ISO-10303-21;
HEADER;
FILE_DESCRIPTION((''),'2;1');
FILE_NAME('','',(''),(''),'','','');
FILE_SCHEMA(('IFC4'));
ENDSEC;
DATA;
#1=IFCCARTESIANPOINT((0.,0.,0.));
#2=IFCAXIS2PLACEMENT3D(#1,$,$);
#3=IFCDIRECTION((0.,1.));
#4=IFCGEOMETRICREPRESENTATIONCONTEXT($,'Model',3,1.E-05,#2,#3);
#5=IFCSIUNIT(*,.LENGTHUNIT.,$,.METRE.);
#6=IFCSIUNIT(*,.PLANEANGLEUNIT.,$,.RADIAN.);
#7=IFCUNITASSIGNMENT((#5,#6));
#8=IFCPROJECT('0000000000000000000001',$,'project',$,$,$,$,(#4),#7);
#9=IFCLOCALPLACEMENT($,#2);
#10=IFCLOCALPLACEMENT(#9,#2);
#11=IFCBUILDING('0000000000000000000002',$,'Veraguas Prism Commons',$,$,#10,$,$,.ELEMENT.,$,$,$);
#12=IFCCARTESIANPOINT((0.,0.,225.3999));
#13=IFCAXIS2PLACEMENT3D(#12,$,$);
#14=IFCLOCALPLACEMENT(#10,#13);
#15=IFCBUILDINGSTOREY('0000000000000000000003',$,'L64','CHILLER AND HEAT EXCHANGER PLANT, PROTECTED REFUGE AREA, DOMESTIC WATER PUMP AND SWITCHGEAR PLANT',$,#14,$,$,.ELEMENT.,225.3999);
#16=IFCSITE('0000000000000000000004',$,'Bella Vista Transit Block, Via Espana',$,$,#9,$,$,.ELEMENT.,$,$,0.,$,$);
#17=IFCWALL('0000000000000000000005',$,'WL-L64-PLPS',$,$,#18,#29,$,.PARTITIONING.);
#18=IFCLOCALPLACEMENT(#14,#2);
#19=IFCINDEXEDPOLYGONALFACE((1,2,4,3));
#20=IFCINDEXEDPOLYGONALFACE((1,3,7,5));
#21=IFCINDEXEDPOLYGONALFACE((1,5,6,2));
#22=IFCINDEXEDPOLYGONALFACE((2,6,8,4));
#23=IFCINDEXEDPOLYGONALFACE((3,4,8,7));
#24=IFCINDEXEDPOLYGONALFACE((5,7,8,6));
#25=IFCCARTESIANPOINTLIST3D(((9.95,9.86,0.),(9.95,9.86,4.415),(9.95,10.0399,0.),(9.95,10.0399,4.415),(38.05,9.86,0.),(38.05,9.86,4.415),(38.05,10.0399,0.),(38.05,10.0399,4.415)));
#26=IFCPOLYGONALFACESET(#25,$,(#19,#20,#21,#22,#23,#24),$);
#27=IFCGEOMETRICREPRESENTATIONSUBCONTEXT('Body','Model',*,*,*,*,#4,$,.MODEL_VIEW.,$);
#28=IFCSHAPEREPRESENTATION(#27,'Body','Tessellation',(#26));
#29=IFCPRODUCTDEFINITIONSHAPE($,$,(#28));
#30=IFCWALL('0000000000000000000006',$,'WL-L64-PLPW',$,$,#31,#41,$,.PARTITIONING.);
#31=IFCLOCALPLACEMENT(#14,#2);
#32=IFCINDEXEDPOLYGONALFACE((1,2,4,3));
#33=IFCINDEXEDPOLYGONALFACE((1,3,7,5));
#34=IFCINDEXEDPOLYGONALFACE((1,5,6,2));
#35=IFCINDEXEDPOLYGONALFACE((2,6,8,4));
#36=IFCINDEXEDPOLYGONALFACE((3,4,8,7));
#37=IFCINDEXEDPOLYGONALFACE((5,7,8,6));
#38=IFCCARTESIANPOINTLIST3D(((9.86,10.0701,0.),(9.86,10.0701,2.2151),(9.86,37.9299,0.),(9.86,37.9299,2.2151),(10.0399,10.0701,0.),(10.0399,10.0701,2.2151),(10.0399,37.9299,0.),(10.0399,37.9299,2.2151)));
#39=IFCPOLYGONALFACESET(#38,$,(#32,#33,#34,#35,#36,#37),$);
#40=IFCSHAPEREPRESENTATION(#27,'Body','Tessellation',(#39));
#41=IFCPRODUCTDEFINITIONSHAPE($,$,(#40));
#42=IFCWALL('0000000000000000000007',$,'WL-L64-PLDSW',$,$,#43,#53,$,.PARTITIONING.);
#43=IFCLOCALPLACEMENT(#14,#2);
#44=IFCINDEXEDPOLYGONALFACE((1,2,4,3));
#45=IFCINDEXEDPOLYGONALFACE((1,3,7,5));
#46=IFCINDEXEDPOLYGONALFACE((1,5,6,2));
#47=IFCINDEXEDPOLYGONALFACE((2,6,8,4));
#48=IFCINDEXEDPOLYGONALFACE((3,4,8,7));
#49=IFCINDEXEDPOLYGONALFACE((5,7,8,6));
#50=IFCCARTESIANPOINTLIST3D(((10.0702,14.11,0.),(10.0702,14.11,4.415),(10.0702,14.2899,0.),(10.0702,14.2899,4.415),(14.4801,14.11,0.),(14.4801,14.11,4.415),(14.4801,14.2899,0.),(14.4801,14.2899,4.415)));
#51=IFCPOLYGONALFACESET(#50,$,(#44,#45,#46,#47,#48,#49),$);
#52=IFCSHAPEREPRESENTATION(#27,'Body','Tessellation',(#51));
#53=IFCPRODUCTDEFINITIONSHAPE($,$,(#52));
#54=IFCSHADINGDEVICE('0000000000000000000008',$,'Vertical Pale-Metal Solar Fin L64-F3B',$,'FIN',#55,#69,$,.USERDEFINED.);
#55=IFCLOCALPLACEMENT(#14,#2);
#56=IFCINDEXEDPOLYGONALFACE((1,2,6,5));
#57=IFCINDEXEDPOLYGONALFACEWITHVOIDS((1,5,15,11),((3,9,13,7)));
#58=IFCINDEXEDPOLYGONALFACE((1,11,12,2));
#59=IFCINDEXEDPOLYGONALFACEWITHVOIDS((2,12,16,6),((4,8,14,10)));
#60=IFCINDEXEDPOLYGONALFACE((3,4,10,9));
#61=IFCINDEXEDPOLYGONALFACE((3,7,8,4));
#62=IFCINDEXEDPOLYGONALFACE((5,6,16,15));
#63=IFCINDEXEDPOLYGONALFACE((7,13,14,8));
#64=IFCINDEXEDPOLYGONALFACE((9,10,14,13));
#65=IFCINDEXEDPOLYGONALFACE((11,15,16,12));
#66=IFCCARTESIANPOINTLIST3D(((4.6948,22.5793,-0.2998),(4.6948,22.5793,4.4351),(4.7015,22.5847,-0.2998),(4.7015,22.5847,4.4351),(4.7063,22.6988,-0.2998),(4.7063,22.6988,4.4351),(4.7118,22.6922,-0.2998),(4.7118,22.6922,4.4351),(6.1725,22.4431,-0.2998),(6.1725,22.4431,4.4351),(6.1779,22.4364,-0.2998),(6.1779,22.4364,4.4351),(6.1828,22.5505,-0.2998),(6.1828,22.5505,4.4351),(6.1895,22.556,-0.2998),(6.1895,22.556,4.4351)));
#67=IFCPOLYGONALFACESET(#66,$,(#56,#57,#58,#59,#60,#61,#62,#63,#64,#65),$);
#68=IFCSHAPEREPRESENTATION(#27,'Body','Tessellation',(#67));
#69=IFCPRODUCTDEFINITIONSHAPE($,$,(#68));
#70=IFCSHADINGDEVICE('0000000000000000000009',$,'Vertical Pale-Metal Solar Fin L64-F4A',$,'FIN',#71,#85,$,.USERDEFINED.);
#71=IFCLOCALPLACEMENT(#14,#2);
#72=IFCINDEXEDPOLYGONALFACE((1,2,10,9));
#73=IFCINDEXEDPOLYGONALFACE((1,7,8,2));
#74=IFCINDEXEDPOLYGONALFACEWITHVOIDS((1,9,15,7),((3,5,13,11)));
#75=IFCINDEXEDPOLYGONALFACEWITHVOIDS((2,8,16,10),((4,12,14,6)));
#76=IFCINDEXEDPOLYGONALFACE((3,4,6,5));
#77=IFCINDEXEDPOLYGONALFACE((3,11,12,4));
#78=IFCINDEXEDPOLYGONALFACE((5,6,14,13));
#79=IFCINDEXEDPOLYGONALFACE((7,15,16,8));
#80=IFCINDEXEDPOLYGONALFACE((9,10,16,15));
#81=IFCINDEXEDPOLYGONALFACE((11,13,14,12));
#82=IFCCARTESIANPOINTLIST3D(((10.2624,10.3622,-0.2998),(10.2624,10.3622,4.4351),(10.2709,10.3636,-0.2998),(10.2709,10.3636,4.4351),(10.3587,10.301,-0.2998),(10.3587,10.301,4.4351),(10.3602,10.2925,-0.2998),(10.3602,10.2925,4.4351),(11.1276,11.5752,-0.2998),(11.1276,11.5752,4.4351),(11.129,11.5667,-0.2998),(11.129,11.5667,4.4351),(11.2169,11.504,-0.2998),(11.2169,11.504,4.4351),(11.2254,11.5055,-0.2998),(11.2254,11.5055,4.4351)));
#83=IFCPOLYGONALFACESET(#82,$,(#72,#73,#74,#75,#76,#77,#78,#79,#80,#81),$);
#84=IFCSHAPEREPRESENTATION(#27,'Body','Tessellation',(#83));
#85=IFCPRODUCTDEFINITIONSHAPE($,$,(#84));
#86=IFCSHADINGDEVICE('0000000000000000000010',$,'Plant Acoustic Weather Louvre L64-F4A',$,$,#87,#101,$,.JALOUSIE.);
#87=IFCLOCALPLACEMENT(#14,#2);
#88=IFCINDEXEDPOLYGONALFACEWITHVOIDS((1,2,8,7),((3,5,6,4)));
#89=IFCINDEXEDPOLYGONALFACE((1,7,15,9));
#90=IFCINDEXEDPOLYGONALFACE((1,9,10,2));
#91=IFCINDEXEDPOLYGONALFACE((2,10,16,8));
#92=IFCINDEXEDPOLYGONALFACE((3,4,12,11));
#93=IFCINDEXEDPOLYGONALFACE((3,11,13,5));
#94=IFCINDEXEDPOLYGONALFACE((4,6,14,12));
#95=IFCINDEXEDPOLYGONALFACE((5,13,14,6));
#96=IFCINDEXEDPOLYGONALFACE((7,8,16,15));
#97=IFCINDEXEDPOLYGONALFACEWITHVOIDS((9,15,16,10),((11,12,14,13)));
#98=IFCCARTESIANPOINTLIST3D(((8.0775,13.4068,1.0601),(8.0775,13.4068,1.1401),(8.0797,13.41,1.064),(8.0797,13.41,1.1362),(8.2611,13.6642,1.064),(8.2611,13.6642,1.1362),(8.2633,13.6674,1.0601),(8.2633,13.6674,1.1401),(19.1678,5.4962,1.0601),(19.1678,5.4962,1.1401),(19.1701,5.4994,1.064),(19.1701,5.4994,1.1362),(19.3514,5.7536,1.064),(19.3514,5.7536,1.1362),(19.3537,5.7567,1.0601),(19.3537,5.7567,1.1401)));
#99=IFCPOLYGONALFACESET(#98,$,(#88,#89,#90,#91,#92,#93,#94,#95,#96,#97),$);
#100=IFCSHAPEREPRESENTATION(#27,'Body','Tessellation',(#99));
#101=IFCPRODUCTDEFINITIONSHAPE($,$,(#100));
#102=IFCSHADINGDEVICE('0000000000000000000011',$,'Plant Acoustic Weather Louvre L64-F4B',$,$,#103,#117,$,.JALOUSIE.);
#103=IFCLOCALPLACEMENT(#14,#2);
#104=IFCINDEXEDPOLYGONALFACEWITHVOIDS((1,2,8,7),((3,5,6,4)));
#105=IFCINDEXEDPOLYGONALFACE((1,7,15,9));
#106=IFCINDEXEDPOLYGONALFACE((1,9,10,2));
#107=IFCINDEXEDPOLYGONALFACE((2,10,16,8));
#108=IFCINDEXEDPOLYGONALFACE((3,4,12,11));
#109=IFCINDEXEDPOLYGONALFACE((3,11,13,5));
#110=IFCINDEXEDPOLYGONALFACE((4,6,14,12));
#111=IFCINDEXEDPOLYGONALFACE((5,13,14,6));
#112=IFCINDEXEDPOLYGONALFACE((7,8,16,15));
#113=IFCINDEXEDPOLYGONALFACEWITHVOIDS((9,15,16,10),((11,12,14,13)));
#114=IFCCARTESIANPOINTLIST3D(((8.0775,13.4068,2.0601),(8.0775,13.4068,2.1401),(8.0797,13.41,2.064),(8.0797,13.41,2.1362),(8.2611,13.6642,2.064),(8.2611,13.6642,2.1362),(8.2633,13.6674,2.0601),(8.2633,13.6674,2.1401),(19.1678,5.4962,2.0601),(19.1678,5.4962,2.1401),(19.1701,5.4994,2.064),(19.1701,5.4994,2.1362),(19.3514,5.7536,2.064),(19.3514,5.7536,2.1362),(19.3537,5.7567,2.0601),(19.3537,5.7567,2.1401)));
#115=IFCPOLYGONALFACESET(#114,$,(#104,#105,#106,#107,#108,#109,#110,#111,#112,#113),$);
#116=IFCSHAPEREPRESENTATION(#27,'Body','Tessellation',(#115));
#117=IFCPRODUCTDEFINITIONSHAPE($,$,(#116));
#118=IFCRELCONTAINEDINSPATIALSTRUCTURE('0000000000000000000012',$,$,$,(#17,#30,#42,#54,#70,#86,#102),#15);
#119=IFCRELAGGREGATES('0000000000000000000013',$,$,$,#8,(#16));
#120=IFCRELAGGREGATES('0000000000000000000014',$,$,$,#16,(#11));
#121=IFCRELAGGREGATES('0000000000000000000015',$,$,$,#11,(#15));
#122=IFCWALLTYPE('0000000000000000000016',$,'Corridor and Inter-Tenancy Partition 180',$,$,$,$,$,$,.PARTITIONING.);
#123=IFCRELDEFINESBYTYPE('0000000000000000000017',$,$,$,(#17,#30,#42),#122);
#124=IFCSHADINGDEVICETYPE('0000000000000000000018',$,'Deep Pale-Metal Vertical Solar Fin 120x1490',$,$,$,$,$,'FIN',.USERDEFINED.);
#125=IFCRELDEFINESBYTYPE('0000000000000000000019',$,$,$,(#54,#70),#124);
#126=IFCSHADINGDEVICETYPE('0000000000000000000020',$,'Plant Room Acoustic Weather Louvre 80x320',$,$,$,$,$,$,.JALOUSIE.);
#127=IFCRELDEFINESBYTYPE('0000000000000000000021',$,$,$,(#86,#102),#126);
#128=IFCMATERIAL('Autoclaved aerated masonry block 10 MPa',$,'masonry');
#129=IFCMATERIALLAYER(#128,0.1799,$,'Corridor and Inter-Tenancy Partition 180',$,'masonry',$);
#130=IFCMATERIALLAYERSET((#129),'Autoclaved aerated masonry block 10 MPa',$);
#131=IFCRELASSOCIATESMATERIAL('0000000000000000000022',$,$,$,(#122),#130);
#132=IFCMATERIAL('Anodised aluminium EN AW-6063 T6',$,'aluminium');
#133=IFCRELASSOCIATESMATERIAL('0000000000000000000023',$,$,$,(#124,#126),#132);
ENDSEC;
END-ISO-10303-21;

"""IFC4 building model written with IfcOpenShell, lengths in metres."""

from ifc_helpers import new_model, si_unit, direction, frame, frame_2d, origin, origin_2d, place, context, subcontext, project, spatial, rectangle, hollow_rectangle, extrude, material, layer, layer_set, material_profile, profile_set, type_object, element, save


model = new_model("IFC4")

# Units and contexts
model_context = context("Model", 3, precision=1e-05, world=origin(), true_north=direction((0.0, 1.0)))
body_context = subcontext(model_context, "Body", "Model", "MODEL_VIEW")
ifc_project = project(units=[si_unit("LENGTHUNIT", "METRE"), si_unit("PLANEANGLEUNIT", "RADIAN")], contexts=[model_context])

# Site, building, storey
site_placement = place(None, origin())
site = spatial("IfcSite", under=ifc_project, at=site_placement, Name="Bella Vista Transit Block, Via Espana", CompositionType="ELEMENT", RefElevation=0.0)
building_placement = place(site_placement, origin())
building = spatial("IfcBuilding", under=site, at=building_placement, Name="Veraguas Prism Commons", CompositionType="ELEMENT")
storey_placement = place(building_placement, frame((0.0, 0.0, 225.3999)))
storey = spatial("IfcBuildingStorey", under=building, at=storey_placement, Name="L64", Description="CHILLER AND HEAT EXCHANGER PLANT, PROTECTED REFUGE AREA, DOMESTIC WATER PUMP AND SWITCHGEAR PLANT", CompositionType="ELEMENT", Elevation=225.3999)

# Shared definitions
ifc_material_1 = material(Name="Anodised aluminium EN AW-6063 T6", Category="aluminium")

# Walls
ifc_material_2 = material(Name="Autoclaved aerated masonry block 10 MPa", Category="masonry")
ifc_layer_1 = layer(ifc_material_2, 0.1799, Name="Corridor and Inter-Tenancy Partition 180", Category="masonry")
ifc_layer_set_1 = layer_set([ifc_layer_1], Name="Autoclaved aerated masonry block 10 MPa")
wall_type = type_object("IfcWallType", Name="Corridor and Inter-Tenancy Partition 180", PredefinedType="PARTITIONING", material=ifc_layer_set_1)
wall_1_placement = place(storey_placement, frame((9.95, 9.95, 0.0), z_axis=(0.0, 0.0, 1.0), x_axis=(1.0, 0.0, 0.0)))
element("IfcWall", 1, at=wall_1_placement, inside=storey, type_object=wall_type, Name="WL-L64-PLPS", PredefinedType="PARTITIONING", context=body_context, shape_type="SweptSolid", body=[
    extrude(rectangle(XDim=28.1001, YDim=0.1799, at=frame_2d((14.05, 0.0))), origin(), (0.0, 0.0, 1.0), 4.415),
])
wall_2_placement = place(storey_placement, frame((9.95, 10.0701, 0.0), z_axis=(0.0, 0.0, 1.0), x_axis=(0.0, 1.0, 0.0)))
element("IfcWall", 2, at=wall_2_placement, inside=storey, type_object=wall_type, Name="WL-L64-PLPW", PredefinedType="PARTITIONING", context=body_context, shape_type="SweptSolid", body=[
    extrude(rectangle(XDim=27.8599, YDim=0.1799, at=frame_2d((13.9299, 0.0))), origin(), (0.0, 0.0, 1.0), 2.2151),
])
wall_3_placement = place(storey_placement, frame((10.0701, 14.2, 0.0), z_axis=(0.0, 0.0, 1.0), x_axis=(1.0, 0.0, 0.0)))
element("IfcWall", 3, at=wall_3_placement, inside=storey, type_object=wall_type, Name="WL-L64-PLDSW", PredefinedType="PARTITIONING", context=body_context, shape_type="SweptSolid", body=[
    extrude(rectangle(XDim=4.4099, YDim=0.1799, at=frame_2d((2.2051, 0.0))), origin(), (0.0, 0.0, 1.0), 4.415),
])

# Shading devices
ifc_material_profile_1 = material_profile(ifc_material_1, hollow_rectangle(XDim=0.1201, YDim=1.49, WallThickness=0.0061, at=origin_2d()), Name="FIN120X1490X6")
ifc_profile_set_1 = profile_set([ifc_material_profile_1], Name="Anodised aluminium EN AW-6063 T6")
shading_device_type_1 = type_object("IfcShadingDeviceType", Name="Deep Pale-Metal Vertical Solar Fin 120x1490", ElementType="FIN", PredefinedType="USERDEFINED", material=ifc_profile_set_1)
for number, where, z_axis, x_axis, name in (
    (4, (5.4421, 22.5676, -0.2998), (0.0, 0.0, 1.0), (-0.095847, -0.995396, 0.0), "Vertical Pale-Metal Solar Fin L64-F3B"),
    (5, (10.7439, 10.9338, -0.2998), (0.0, 0.0, 1.0), (0.814115, -0.580704, 0.0), "Vertical Pale-Metal Solar Fin L64-F4A"),
):
    element("IfcShadingDevice", number, at=place(storey_placement, frame(where, z_axis=z_axis, x_axis=x_axis)), inside=storey, type_object=shading_device_type_1, Name=name, ObjectType="FIN", PredefinedType="USERDEFINED", context=body_context, shape_type="SweptSolid", body=[
        extrude(hollow_rectangle(XDim=0.1201, YDim=1.49, WallThickness=0.0061, at=origin_2d()), origin(), (0.0, 0.0, 1.0), 4.7349),
    ])
ifc_material_profile_2 = material_profile(ifc_material_1, hollow_rectangle(XDim=0.0801, YDim=0.3201, WallThickness=0.0039, at=origin_2d()), Name="LVR80X320X4")
ifc_profile_set_2 = profile_set([ifc_material_profile_2], Name="Anodised aluminium EN AW-6063 T6")
shading_device_type_2 = type_object("IfcShadingDeviceType", Name="Plant Room Acoustic Weather Louvre 80x320", PredefinedType="JALOUSIE", material=ifc_profile_set_2)
for number, where, z_axis, x_axis, name in (
    (6, (8.1704, 13.5371, 1.1001), (0.814116, -0.580702, 0.0), (0.0, 0.0, 1.0), "Plant Acoustic Weather Louvre L64-F4A"),
    (7, (8.1704, 13.5371, 2.1001), (0.814116, -0.580702, 0.0), (0.0, 0.0, 1.0), "Plant Acoustic Weather Louvre L64-F4B"),
):
    element("IfcShadingDevice", number, at=place(storey_placement, frame(where, z_axis=z_axis, x_axis=x_axis)), inside=storey, type_object=shading_device_type_2, Name=name, PredefinedType="JALOUSIE", context=body_context, shape_type="SweptSolid", body=[
        extrude(hollow_rectangle(XDim=0.0801, YDim=0.3201, WallThickness=0.0039, at=origin_2d()), origin(), (0.0, 0.0, 1.0), 13.6226),
    ])

save(model, "model.ifc")
